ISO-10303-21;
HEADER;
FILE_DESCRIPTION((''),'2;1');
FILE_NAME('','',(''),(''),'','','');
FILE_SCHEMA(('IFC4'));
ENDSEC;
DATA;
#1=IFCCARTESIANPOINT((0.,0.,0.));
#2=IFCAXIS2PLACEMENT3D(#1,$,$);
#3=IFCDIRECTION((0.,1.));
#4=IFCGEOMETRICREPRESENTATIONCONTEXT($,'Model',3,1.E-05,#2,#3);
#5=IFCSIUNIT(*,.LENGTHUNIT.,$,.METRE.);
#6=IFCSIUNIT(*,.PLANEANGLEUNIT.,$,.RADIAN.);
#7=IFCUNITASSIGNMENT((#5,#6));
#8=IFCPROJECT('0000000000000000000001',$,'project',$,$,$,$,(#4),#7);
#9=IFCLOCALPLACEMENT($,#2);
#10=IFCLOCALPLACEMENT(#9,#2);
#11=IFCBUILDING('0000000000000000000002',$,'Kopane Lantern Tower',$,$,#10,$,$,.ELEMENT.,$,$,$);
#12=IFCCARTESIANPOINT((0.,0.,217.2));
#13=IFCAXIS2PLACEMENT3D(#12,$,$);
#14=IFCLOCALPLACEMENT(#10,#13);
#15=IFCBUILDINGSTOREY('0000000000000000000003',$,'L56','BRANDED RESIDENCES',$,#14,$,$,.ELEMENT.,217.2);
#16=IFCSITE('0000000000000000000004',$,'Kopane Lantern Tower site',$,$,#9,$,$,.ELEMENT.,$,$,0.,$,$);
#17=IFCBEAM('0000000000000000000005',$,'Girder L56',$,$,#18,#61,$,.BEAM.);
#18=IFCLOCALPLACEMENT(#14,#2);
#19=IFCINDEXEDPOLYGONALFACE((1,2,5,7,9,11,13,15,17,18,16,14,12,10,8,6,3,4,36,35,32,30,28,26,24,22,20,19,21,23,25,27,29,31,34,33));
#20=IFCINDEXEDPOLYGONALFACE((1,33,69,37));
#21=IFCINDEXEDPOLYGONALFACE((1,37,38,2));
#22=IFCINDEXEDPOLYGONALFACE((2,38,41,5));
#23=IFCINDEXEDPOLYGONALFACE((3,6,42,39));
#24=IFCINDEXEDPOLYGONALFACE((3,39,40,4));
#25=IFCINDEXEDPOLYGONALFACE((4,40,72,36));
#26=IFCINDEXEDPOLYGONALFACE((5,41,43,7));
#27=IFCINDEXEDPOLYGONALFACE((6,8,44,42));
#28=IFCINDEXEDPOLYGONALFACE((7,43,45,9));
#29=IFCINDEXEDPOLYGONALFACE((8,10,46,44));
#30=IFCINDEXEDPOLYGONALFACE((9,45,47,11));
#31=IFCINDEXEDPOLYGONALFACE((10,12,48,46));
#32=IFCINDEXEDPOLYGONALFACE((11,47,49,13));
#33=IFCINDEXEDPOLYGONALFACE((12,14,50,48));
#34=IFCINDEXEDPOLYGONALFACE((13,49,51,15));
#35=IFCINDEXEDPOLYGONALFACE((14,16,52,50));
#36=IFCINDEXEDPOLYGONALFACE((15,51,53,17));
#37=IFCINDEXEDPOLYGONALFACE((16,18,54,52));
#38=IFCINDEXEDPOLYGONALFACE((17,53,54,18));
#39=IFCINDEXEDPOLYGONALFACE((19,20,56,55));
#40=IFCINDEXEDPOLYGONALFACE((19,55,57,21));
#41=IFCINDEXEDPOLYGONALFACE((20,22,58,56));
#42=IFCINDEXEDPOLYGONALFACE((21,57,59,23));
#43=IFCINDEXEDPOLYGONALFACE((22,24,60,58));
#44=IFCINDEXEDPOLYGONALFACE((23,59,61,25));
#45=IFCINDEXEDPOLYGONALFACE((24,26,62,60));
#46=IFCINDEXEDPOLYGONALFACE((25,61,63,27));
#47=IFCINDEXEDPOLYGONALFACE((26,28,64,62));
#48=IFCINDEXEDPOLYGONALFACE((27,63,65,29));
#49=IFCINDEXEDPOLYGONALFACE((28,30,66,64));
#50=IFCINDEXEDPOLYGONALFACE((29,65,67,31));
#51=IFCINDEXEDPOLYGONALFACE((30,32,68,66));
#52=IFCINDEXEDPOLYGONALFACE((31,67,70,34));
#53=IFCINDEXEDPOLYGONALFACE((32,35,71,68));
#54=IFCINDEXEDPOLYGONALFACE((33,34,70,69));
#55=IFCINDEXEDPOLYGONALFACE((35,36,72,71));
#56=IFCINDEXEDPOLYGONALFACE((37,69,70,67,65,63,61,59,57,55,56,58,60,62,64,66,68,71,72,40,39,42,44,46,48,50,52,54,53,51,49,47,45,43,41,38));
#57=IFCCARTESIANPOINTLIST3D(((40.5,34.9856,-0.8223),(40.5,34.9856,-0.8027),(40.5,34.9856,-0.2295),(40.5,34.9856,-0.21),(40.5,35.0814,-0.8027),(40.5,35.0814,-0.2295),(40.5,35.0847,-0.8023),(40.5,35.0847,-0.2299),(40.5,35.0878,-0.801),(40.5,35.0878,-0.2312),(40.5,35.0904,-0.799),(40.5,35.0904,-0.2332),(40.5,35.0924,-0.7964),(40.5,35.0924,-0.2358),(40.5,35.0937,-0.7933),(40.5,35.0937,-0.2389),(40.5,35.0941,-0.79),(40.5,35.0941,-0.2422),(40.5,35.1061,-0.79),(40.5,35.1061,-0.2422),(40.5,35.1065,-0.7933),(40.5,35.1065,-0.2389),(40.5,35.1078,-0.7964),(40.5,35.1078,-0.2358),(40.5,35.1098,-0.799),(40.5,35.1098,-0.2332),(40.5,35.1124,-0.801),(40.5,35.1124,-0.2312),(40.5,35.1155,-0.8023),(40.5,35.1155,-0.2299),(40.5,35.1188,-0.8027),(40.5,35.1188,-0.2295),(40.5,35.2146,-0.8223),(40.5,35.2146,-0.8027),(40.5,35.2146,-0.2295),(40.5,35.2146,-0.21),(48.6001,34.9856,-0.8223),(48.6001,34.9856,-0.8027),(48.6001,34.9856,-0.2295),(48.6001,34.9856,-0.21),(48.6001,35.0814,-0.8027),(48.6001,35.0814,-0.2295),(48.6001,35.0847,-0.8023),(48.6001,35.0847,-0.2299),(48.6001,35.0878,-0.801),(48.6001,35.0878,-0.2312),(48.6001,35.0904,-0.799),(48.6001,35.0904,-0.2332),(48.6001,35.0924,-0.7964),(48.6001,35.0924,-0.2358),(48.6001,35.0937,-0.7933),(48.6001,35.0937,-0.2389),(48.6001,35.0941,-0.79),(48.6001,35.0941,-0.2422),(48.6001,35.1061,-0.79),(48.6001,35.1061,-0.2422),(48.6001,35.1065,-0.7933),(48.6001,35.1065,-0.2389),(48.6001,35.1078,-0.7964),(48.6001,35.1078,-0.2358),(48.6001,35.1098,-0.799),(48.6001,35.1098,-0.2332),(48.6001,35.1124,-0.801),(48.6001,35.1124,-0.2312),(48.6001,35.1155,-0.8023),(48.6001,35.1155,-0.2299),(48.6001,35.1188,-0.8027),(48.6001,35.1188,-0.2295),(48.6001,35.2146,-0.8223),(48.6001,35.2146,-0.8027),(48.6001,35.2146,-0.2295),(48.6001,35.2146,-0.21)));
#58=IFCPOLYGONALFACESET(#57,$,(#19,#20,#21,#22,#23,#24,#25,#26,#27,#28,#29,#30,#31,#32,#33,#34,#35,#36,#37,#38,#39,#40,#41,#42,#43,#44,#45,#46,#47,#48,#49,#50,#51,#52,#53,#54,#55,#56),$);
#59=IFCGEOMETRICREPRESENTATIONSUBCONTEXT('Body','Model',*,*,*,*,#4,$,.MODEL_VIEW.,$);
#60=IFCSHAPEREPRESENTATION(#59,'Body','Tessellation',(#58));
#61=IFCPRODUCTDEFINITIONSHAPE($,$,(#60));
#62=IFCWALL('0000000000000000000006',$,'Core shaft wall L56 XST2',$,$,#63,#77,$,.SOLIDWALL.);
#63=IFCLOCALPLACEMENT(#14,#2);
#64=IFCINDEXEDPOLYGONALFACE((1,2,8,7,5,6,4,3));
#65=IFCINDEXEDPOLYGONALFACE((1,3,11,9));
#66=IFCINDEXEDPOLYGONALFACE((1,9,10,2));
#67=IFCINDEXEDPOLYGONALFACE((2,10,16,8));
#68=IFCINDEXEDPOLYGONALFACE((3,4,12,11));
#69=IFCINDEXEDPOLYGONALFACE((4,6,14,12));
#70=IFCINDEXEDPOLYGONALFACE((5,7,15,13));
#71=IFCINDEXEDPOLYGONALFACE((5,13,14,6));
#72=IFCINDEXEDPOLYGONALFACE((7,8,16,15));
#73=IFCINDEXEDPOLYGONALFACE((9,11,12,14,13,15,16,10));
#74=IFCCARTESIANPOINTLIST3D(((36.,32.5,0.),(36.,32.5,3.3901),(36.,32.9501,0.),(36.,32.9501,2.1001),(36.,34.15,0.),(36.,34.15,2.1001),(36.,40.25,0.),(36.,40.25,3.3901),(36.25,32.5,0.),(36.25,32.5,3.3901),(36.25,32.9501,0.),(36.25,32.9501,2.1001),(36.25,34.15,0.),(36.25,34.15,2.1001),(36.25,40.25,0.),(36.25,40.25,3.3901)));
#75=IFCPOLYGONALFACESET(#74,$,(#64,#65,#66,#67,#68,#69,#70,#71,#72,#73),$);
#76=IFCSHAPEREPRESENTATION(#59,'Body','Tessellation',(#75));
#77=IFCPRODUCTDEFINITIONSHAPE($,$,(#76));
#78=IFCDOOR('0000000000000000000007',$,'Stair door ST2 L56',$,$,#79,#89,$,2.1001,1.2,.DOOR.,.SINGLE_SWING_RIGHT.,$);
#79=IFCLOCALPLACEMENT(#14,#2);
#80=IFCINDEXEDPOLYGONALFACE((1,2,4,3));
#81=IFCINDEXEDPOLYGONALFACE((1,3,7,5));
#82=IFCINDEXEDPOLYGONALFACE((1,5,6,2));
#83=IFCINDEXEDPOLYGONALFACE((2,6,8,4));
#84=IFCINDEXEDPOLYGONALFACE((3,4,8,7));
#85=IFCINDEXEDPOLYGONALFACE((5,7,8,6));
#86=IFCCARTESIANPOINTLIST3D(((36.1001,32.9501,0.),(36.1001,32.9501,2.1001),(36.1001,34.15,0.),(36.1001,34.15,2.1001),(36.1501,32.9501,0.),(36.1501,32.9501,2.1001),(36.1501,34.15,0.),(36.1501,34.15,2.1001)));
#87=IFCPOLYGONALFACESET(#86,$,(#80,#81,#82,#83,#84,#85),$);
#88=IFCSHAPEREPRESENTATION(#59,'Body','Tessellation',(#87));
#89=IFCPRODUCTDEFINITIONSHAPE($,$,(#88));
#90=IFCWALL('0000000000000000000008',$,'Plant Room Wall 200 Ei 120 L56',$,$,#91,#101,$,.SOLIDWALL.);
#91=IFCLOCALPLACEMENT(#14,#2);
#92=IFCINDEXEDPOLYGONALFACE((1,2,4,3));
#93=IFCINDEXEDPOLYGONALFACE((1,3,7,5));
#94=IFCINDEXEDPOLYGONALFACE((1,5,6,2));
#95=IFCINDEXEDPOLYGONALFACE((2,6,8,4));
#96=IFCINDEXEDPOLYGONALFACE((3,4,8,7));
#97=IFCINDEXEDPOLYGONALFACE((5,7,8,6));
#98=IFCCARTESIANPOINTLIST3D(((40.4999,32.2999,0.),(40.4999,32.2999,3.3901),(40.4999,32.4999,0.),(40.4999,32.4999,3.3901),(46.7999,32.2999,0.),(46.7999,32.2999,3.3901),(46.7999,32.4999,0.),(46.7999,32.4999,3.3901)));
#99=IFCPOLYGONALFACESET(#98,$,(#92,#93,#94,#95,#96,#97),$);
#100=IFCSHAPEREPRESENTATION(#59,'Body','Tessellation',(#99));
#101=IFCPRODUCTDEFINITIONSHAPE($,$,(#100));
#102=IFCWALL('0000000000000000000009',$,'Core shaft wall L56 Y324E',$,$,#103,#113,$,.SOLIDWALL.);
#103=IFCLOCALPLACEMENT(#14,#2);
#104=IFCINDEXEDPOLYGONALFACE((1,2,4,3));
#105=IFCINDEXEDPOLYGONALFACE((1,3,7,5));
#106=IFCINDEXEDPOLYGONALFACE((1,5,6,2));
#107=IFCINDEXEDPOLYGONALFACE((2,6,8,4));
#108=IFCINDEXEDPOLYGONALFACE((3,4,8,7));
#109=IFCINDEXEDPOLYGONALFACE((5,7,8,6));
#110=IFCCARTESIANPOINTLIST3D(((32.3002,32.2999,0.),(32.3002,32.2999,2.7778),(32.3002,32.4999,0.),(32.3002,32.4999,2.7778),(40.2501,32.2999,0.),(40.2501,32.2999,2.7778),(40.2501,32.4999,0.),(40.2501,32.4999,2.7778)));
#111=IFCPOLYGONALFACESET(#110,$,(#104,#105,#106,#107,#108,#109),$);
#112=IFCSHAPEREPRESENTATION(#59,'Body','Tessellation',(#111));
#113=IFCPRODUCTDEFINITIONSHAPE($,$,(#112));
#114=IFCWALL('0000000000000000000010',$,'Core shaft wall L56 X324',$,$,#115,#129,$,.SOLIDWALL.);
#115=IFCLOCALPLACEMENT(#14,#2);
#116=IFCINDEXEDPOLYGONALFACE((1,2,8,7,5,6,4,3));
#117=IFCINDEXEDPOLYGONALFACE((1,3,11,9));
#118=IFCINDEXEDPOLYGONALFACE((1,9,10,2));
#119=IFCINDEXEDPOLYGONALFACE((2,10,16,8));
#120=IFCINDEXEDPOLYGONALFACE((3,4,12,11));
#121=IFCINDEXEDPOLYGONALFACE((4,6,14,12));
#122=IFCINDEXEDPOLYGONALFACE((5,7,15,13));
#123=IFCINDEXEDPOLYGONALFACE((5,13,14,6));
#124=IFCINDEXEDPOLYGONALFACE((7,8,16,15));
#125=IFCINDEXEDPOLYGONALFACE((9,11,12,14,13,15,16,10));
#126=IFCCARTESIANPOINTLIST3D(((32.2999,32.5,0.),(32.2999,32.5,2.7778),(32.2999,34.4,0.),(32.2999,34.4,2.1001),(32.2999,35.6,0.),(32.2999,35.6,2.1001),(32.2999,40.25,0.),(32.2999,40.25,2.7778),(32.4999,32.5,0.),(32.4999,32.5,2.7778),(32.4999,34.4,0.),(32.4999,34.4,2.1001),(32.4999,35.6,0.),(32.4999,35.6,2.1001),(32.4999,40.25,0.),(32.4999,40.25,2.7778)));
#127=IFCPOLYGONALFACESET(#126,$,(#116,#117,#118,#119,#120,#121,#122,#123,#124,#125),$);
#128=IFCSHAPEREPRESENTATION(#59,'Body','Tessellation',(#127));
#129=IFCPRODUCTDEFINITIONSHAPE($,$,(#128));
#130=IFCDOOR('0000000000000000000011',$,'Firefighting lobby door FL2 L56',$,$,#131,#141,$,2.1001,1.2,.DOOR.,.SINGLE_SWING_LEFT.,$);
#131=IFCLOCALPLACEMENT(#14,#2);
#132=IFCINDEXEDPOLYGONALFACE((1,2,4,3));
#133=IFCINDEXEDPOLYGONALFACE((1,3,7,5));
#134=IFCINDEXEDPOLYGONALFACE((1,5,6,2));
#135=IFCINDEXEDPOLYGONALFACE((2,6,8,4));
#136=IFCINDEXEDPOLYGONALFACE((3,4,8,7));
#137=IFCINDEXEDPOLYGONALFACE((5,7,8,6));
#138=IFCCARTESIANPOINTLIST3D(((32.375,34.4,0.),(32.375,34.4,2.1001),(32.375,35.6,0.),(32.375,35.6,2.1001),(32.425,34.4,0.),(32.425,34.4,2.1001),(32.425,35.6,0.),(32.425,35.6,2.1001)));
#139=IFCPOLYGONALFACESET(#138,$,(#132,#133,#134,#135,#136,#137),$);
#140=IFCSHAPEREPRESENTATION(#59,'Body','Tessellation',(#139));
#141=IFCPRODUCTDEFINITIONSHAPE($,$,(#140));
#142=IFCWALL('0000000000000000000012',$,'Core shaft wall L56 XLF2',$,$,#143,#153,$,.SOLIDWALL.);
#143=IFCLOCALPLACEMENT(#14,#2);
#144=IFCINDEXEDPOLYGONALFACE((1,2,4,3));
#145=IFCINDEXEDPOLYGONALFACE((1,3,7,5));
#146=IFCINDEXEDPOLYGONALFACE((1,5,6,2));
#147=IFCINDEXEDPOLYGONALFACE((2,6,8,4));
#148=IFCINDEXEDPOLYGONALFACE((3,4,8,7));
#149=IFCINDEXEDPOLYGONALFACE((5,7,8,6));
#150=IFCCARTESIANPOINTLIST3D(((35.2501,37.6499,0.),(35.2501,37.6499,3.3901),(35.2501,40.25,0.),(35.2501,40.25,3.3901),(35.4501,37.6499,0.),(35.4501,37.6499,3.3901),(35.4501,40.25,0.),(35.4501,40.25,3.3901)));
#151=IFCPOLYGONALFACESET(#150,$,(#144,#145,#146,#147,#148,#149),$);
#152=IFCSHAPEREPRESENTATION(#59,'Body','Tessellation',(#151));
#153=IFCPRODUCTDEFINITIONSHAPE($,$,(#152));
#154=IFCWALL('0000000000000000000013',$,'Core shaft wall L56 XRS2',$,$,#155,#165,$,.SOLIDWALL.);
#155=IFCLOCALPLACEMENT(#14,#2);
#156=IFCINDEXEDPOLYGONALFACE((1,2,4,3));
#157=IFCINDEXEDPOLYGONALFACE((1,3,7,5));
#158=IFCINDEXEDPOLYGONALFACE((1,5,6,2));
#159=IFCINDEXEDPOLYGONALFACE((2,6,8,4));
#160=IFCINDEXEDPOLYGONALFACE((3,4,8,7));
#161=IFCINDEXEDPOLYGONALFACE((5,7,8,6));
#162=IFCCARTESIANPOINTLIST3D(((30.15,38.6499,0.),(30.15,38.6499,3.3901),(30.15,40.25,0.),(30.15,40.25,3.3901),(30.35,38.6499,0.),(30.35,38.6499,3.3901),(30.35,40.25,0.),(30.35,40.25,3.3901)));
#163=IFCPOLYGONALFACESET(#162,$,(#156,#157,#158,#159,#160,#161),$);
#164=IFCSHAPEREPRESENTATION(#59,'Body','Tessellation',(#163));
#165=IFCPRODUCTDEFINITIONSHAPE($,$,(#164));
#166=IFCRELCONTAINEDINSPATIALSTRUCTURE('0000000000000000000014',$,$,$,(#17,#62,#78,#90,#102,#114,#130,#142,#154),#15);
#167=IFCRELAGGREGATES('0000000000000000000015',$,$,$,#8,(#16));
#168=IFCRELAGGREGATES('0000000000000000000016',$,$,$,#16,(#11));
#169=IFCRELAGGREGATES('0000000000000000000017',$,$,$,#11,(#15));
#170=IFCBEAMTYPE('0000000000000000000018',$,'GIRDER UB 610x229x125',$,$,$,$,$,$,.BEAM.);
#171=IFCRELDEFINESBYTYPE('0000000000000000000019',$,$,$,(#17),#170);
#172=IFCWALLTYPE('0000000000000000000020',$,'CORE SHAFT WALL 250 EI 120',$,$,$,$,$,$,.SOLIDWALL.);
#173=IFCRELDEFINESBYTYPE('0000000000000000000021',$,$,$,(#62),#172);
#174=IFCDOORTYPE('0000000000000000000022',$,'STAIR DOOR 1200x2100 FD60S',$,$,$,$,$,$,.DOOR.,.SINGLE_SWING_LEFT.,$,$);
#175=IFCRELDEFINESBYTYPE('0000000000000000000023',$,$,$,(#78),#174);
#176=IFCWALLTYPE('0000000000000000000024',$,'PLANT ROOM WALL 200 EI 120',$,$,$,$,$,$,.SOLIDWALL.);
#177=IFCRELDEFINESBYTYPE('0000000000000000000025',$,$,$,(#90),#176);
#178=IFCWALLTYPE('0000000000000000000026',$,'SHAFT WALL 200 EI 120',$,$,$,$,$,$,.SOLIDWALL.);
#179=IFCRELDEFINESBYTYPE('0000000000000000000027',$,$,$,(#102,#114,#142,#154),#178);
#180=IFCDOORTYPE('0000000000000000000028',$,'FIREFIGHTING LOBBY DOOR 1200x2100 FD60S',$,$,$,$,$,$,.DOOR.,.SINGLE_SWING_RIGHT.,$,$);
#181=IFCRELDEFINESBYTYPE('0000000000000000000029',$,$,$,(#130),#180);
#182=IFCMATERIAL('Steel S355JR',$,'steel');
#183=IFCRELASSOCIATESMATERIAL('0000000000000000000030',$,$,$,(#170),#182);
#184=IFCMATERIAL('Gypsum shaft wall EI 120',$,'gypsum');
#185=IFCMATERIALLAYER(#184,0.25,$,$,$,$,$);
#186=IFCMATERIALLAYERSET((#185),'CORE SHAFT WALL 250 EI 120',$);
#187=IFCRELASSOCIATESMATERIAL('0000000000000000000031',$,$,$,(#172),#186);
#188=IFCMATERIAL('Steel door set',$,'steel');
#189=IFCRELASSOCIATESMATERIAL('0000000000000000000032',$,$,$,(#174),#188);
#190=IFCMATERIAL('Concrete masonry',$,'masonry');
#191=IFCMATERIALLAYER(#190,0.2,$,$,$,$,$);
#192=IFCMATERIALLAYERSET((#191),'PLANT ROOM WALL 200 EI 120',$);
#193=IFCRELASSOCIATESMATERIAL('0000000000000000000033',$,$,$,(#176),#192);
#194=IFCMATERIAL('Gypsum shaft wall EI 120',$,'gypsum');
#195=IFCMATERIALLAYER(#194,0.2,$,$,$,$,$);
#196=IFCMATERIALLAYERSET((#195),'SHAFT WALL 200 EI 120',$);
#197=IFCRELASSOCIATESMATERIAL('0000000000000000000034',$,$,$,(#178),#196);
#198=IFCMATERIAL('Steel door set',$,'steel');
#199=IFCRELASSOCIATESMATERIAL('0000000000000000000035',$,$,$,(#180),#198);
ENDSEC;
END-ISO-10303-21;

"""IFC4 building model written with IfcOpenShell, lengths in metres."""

from ifc_helpers import new_model, si_unit, direction, frame, frame_2d, origin, origin_2d, place, context, subcontext, project, spatial, rectangle, i_section, extrude, material, layer, layer_set, material_profile, profile_set, type_object, element, fill, save


model = new_model("IFC4")

# Units and contexts
model_context = context("Model", 3, precision=1e-05, world=origin(), true_north=direction((0.0, 1.0)))
body_context = subcontext(model_context, "Body", "Model", "MODEL_VIEW")
ifc_project = project(units=[si_unit("LENGTHUNIT", "METRE"), si_unit("PLANEANGLEUNIT", "RADIAN")], contexts=[model_context])

# Site, building, storey
site_placement = place(None, origin())
site = spatial("IfcSite", under=ifc_project, at=site_placement, Name="Kopane Lantern Tower site", CompositionType="ELEMENT", RefElevation=0.0)
building_placement = place(site_placement, origin())
building = spatial("IfcBuilding", under=site, at=building_placement, Name="Kopane Lantern Tower", CompositionType="ELEMENT")
storey_placement = place(building_placement, frame((0.0, 0.0, 217.2)))
storey = spatial("IfcBuildingStorey", under=building, at=storey_placement, Name="L56", Description="BRANDED RESIDENCES", CompositionType="ELEMENT", Elevation=217.2)

# Beam
ifc_material_1 = material(Name="Steel S355JR", Category="steel")
ifc_material_profile_1 = material_profile(ifc_material_1, i_section(OverallWidth=0.229, OverallDepth=0.6123, WebThickness=0.012, FlangeThickness=0.0195, FilletRadius=0.0127, at=origin_2d()), Name="UB 610x229x125")
ifc_profile_set_1 = profile_set([ifc_material_profile_1], Name="Steel S355JR")
beam_type_1 = type_object("IfcBeamType", Name="GIRDER UB 610x229x125", PredefinedType="BEAM", material=ifc_profile_set_1)
for number, where, z_axis, x_axis, name in (
    (1, (40.5, 35.1001, -0.5161), (1.0, 0.0, 0.0), (0.0, 1.0, 0.0), "Girder L56"),
):
    element("IfcBeam", number, at=place(storey_placement, frame(where, z_axis=z_axis, x_axis=x_axis)), inside=storey, type_object=beam_type_1, Name=name, PredefinedType="BEAM", context=body_context, shape_type="SweptSolid", body=[
        extrude(i_section(OverallWidth=0.229, OverallDepth=0.6123, WebThickness=0.012, FlangeThickness=0.0195, FilletRadius=0.0127, at=origin_2d()), origin(), (0.0, 0.0, 1.0), 8.1001),
    ])

# Wall, opening, door
ifc_material_2 = material(Name="Gypsum shaft wall EI 120", Category="gypsum")
ifc_layer_1 = layer(ifc_material_2, 0.25)
ifc_layer_set_1 = layer_set([ifc_layer_1], Name="CORE SHAFT WALL 250 EI 120")
wall_type_1 = type_object("IfcWallType", Name="CORE SHAFT WALL 250 EI 120", PredefinedType="SOLIDWALL", material=ifc_layer_set_1)
wall_1_placement = place(storey_placement, frame((36.125, 32.5, 0.0), z_axis=(0.0, 0.0, 1.0), x_axis=(0.0, 1.0, 0.0)))
wall_1 = element("IfcWall", 2, at=wall_1_placement, inside=storey, type_object=wall_type_1, Name="Core shaft wall L56 XST2", PredefinedType="SOLIDWALL", context=body_context, shape_type="SweptSolid", body=[
    extrude(rectangle(XDim=7.75, YDim=0.25, at=frame_2d((3.875, 0.0))), origin(), (0.0, 0.0, 1.0), 3.3901),
])
opening_1_placement = place(wall_1_placement, frame((0.45, 0.0, 0.0)))
opening_1 = element("IfcOpeningElement", 3, at=opening_1_placement, cuts=wall_1, PredefinedType="OPENING", context=body_context, shape_type="SweptSolid", body=[
    extrude(rectangle(XDim=1.2, YDim=2.1001, at=frame_2d((0.6001, 1.05))), frame((0.0, 0.135, 0.0), z_axis=(0.0, -1.0, 0.0), x_axis=(1.0, 0.0, 0.0)), (0.0, 0.0, 1.0), 0.27),
])
ifc_material_3 = material(Name="Steel door set", Category="steel")
door_type_1 = type_object("IfcDoorType", Name="STAIR DOOR 1200x2100 FD60S", OperationType="SINGLE_SWING_LEFT", PredefinedType="DOOR", material=ifc_material_3)
door_1_placement = place(opening_1_placement, origin())
door_1 = element("IfcDoor", 4, at=door_1_placement, inside=storey, type_object=door_type_1, Name="Stair door ST2 L56", OperationType="SINGLE_SWING_RIGHT", OverallHeight=2.1001, OverallWidth=1.2, PredefinedType="DOOR", context=body_context, shape_type="SweptSolid", body=[
    extrude(rectangle(XDim=1.2, YDim=2.1001, at=frame_2d((0.6001, 1.05))), frame((0.0, 0.0249, 0.0), z_axis=(0.0, -1.0, 0.0), x_axis=(1.0, 0.0, 0.0)), (0.0, 0.0, 1.0), 0.05),
])
fill(opening_1, door_1)

# Walls
ifc_material_4 = material(Name="Concrete masonry", Category="masonry")
ifc_layer_2 = layer(ifc_material_4, 0.2)
ifc_layer_set_2 = layer_set([ifc_layer_2], Name="PLANT ROOM WALL 200 EI 120")
wall_type_2 = type_object("IfcWallType", Name="PLANT ROOM WALL 200 EI 120", PredefinedType="SOLIDWALL", material=ifc_layer_set_2)
wall_2_placement = place(storey_placement, frame((40.5, 32.3999, 0.0), z_axis=(0.0, 0.0, 1.0), x_axis=(1.0, 0.0, 0.0)))
element("IfcWall", 5, at=wall_2_placement, inside=storey, type_object=wall_type_2, Name="Plant Room Wall 200 Ei 120 L56", PredefinedType="SOLIDWALL", context=body_context, shape_type="SweptSolid", body=[
    extrude(rectangle(XDim=6.3, YDim=0.2, at=frame_2d((3.1499, 0.0))), origin(), (0.0, 0.0, 1.0), 3.3901),
])
ifc_material_5 = material(Name="Gypsum shaft wall EI 120", Category="gypsum")
ifc_layer_3 = layer(ifc_material_5, 0.2)
ifc_layer_set_3 = layer_set([ifc_layer_3], Name="SHAFT WALL 200 EI 120")
wall_type_3 = type_object("IfcWallType", Name="SHAFT WALL 200 EI 120", PredefinedType="SOLIDWALL", material=ifc_layer_set_3)
wall_3_placement = place(storey_placement, frame((32.3, 32.3999, 0.0), z_axis=(0.0, 0.0, 1.0), x_axis=(1.0, 0.0, 0.0)))
element("IfcWall", 6, at=wall_3_placement, inside=storey, type_object=wall_type_3, Name="Core shaft wall L56 Y324E", PredefinedType="SOLIDWALL", context=body_context, shape_type="SweptSolid", body=[
    extrude(rectangle(XDim=7.95, YDim=0.2, at=frame_2d((3.9751, 0.0))), origin(), (0.0, 0.0, 1.0), 2.7778),
])

# Wall, opening, door
wall_4_placement = place(storey_placement, frame((32.3999, 32.5, 0.0), z_axis=(0.0, 0.0, 1.0), x_axis=(0.0, 1.0, 0.0)))
wall_4 = element("IfcWall", 7, at=wall_4_placement, inside=storey, type_object=wall_type_3, Name="Core shaft wall L56 X324", PredefinedType="SOLIDWALL", context=body_context, shape_type="SweptSolid", body=[
    extrude(rectangle(XDim=7.75, YDim=0.2, at=frame_2d((3.875, 0.0))), origin(), (0.0, 0.0, 1.0), 2.7778),
])
opening_2_placement = place(wall_4_placement, frame((1.8999, 0.0, 0.0)))
opening_2 = element("IfcOpeningElement", 8, at=opening_2_placement, cuts=wall_4, PredefinedType="OPENING", context=body_context, shape_type="SweptSolid", body=[
    extrude(rectangle(XDim=1.2, YDim=2.1001, at=frame_2d((0.6001, 1.05))), frame((0.0, 0.1099, 0.0), z_axis=(0.0, -1.0, 0.0), x_axis=(1.0, 0.0, 0.0)), (0.0, 0.0, 1.0), 0.22),
])
ifc_material_6 = material(Name="Steel door set", Category="steel")
door_type_2 = type_object("IfcDoorType", Name="FIREFIGHTING LOBBY DOOR 1200x2100 FD60S", OperationType="SINGLE_SWING_RIGHT", PredefinedType="DOOR", material=ifc_material_6)
door_2_placement = place(opening_2_placement, origin())
door_2 = element("IfcDoor", 9, at=door_2_placement, inside=storey, type_object=door_type_2, Name="Firefighting lobby door FL2 L56", OperationType="SINGLE_SWING_LEFT", OverallHeight=2.1001, OverallWidth=1.2, PredefinedType="DOOR", context=body_context, shape_type="SweptSolid", body=[
    extrude(rectangle(XDim=1.2, YDim=2.1001, at=frame_2d((0.6001, 1.05))), frame((0.0, 0.0249, 0.0), z_axis=(0.0, -1.0, 0.0), x_axis=(1.0, 0.0, 0.0)), (0.0, 0.0, 1.0), 0.05),
])
fill(opening_2, door_2)

# Walls
wall_5_placement = place(storey_placement, frame((35.3501, 37.6499, 0.0), z_axis=(0.0, 0.0, 1.0), x_axis=(0.0, 1.0, 0.0)))
element("IfcWall", 10, at=wall_5_placement, inside=storey, type_object=wall_type_3, Name="Core shaft wall L56 XLF2", PredefinedType="SOLIDWALL", context=body_context, shape_type="SweptSolid", body=[
    extrude(rectangle(XDim=2.6001, YDim=0.2, at=frame_2d((1.3, 0.0))), origin(), (0.0, 0.0, 1.0), 3.3901),
])
wall_6_placement = place(storey_placement, frame((30.25, 38.6499, 0.0), z_axis=(0.0, 0.0, 1.0), x_axis=(0.0, 1.0, 0.0)))
element("IfcWall", 11, at=wall_6_placement, inside=storey, type_object=wall_type_3, Name="Core shaft wall L56 XRS2", PredefinedType="SOLIDWALL", context=body_context, shape_type="SweptSolid", body=[
    extrude(rectangle(XDim=1.6001, YDim=0.2, at=frame_2d((0.8, 0.0))), origin(), (0.0, 0.0, 1.0), 3.3901),
])

save(model, "model.ifc")
